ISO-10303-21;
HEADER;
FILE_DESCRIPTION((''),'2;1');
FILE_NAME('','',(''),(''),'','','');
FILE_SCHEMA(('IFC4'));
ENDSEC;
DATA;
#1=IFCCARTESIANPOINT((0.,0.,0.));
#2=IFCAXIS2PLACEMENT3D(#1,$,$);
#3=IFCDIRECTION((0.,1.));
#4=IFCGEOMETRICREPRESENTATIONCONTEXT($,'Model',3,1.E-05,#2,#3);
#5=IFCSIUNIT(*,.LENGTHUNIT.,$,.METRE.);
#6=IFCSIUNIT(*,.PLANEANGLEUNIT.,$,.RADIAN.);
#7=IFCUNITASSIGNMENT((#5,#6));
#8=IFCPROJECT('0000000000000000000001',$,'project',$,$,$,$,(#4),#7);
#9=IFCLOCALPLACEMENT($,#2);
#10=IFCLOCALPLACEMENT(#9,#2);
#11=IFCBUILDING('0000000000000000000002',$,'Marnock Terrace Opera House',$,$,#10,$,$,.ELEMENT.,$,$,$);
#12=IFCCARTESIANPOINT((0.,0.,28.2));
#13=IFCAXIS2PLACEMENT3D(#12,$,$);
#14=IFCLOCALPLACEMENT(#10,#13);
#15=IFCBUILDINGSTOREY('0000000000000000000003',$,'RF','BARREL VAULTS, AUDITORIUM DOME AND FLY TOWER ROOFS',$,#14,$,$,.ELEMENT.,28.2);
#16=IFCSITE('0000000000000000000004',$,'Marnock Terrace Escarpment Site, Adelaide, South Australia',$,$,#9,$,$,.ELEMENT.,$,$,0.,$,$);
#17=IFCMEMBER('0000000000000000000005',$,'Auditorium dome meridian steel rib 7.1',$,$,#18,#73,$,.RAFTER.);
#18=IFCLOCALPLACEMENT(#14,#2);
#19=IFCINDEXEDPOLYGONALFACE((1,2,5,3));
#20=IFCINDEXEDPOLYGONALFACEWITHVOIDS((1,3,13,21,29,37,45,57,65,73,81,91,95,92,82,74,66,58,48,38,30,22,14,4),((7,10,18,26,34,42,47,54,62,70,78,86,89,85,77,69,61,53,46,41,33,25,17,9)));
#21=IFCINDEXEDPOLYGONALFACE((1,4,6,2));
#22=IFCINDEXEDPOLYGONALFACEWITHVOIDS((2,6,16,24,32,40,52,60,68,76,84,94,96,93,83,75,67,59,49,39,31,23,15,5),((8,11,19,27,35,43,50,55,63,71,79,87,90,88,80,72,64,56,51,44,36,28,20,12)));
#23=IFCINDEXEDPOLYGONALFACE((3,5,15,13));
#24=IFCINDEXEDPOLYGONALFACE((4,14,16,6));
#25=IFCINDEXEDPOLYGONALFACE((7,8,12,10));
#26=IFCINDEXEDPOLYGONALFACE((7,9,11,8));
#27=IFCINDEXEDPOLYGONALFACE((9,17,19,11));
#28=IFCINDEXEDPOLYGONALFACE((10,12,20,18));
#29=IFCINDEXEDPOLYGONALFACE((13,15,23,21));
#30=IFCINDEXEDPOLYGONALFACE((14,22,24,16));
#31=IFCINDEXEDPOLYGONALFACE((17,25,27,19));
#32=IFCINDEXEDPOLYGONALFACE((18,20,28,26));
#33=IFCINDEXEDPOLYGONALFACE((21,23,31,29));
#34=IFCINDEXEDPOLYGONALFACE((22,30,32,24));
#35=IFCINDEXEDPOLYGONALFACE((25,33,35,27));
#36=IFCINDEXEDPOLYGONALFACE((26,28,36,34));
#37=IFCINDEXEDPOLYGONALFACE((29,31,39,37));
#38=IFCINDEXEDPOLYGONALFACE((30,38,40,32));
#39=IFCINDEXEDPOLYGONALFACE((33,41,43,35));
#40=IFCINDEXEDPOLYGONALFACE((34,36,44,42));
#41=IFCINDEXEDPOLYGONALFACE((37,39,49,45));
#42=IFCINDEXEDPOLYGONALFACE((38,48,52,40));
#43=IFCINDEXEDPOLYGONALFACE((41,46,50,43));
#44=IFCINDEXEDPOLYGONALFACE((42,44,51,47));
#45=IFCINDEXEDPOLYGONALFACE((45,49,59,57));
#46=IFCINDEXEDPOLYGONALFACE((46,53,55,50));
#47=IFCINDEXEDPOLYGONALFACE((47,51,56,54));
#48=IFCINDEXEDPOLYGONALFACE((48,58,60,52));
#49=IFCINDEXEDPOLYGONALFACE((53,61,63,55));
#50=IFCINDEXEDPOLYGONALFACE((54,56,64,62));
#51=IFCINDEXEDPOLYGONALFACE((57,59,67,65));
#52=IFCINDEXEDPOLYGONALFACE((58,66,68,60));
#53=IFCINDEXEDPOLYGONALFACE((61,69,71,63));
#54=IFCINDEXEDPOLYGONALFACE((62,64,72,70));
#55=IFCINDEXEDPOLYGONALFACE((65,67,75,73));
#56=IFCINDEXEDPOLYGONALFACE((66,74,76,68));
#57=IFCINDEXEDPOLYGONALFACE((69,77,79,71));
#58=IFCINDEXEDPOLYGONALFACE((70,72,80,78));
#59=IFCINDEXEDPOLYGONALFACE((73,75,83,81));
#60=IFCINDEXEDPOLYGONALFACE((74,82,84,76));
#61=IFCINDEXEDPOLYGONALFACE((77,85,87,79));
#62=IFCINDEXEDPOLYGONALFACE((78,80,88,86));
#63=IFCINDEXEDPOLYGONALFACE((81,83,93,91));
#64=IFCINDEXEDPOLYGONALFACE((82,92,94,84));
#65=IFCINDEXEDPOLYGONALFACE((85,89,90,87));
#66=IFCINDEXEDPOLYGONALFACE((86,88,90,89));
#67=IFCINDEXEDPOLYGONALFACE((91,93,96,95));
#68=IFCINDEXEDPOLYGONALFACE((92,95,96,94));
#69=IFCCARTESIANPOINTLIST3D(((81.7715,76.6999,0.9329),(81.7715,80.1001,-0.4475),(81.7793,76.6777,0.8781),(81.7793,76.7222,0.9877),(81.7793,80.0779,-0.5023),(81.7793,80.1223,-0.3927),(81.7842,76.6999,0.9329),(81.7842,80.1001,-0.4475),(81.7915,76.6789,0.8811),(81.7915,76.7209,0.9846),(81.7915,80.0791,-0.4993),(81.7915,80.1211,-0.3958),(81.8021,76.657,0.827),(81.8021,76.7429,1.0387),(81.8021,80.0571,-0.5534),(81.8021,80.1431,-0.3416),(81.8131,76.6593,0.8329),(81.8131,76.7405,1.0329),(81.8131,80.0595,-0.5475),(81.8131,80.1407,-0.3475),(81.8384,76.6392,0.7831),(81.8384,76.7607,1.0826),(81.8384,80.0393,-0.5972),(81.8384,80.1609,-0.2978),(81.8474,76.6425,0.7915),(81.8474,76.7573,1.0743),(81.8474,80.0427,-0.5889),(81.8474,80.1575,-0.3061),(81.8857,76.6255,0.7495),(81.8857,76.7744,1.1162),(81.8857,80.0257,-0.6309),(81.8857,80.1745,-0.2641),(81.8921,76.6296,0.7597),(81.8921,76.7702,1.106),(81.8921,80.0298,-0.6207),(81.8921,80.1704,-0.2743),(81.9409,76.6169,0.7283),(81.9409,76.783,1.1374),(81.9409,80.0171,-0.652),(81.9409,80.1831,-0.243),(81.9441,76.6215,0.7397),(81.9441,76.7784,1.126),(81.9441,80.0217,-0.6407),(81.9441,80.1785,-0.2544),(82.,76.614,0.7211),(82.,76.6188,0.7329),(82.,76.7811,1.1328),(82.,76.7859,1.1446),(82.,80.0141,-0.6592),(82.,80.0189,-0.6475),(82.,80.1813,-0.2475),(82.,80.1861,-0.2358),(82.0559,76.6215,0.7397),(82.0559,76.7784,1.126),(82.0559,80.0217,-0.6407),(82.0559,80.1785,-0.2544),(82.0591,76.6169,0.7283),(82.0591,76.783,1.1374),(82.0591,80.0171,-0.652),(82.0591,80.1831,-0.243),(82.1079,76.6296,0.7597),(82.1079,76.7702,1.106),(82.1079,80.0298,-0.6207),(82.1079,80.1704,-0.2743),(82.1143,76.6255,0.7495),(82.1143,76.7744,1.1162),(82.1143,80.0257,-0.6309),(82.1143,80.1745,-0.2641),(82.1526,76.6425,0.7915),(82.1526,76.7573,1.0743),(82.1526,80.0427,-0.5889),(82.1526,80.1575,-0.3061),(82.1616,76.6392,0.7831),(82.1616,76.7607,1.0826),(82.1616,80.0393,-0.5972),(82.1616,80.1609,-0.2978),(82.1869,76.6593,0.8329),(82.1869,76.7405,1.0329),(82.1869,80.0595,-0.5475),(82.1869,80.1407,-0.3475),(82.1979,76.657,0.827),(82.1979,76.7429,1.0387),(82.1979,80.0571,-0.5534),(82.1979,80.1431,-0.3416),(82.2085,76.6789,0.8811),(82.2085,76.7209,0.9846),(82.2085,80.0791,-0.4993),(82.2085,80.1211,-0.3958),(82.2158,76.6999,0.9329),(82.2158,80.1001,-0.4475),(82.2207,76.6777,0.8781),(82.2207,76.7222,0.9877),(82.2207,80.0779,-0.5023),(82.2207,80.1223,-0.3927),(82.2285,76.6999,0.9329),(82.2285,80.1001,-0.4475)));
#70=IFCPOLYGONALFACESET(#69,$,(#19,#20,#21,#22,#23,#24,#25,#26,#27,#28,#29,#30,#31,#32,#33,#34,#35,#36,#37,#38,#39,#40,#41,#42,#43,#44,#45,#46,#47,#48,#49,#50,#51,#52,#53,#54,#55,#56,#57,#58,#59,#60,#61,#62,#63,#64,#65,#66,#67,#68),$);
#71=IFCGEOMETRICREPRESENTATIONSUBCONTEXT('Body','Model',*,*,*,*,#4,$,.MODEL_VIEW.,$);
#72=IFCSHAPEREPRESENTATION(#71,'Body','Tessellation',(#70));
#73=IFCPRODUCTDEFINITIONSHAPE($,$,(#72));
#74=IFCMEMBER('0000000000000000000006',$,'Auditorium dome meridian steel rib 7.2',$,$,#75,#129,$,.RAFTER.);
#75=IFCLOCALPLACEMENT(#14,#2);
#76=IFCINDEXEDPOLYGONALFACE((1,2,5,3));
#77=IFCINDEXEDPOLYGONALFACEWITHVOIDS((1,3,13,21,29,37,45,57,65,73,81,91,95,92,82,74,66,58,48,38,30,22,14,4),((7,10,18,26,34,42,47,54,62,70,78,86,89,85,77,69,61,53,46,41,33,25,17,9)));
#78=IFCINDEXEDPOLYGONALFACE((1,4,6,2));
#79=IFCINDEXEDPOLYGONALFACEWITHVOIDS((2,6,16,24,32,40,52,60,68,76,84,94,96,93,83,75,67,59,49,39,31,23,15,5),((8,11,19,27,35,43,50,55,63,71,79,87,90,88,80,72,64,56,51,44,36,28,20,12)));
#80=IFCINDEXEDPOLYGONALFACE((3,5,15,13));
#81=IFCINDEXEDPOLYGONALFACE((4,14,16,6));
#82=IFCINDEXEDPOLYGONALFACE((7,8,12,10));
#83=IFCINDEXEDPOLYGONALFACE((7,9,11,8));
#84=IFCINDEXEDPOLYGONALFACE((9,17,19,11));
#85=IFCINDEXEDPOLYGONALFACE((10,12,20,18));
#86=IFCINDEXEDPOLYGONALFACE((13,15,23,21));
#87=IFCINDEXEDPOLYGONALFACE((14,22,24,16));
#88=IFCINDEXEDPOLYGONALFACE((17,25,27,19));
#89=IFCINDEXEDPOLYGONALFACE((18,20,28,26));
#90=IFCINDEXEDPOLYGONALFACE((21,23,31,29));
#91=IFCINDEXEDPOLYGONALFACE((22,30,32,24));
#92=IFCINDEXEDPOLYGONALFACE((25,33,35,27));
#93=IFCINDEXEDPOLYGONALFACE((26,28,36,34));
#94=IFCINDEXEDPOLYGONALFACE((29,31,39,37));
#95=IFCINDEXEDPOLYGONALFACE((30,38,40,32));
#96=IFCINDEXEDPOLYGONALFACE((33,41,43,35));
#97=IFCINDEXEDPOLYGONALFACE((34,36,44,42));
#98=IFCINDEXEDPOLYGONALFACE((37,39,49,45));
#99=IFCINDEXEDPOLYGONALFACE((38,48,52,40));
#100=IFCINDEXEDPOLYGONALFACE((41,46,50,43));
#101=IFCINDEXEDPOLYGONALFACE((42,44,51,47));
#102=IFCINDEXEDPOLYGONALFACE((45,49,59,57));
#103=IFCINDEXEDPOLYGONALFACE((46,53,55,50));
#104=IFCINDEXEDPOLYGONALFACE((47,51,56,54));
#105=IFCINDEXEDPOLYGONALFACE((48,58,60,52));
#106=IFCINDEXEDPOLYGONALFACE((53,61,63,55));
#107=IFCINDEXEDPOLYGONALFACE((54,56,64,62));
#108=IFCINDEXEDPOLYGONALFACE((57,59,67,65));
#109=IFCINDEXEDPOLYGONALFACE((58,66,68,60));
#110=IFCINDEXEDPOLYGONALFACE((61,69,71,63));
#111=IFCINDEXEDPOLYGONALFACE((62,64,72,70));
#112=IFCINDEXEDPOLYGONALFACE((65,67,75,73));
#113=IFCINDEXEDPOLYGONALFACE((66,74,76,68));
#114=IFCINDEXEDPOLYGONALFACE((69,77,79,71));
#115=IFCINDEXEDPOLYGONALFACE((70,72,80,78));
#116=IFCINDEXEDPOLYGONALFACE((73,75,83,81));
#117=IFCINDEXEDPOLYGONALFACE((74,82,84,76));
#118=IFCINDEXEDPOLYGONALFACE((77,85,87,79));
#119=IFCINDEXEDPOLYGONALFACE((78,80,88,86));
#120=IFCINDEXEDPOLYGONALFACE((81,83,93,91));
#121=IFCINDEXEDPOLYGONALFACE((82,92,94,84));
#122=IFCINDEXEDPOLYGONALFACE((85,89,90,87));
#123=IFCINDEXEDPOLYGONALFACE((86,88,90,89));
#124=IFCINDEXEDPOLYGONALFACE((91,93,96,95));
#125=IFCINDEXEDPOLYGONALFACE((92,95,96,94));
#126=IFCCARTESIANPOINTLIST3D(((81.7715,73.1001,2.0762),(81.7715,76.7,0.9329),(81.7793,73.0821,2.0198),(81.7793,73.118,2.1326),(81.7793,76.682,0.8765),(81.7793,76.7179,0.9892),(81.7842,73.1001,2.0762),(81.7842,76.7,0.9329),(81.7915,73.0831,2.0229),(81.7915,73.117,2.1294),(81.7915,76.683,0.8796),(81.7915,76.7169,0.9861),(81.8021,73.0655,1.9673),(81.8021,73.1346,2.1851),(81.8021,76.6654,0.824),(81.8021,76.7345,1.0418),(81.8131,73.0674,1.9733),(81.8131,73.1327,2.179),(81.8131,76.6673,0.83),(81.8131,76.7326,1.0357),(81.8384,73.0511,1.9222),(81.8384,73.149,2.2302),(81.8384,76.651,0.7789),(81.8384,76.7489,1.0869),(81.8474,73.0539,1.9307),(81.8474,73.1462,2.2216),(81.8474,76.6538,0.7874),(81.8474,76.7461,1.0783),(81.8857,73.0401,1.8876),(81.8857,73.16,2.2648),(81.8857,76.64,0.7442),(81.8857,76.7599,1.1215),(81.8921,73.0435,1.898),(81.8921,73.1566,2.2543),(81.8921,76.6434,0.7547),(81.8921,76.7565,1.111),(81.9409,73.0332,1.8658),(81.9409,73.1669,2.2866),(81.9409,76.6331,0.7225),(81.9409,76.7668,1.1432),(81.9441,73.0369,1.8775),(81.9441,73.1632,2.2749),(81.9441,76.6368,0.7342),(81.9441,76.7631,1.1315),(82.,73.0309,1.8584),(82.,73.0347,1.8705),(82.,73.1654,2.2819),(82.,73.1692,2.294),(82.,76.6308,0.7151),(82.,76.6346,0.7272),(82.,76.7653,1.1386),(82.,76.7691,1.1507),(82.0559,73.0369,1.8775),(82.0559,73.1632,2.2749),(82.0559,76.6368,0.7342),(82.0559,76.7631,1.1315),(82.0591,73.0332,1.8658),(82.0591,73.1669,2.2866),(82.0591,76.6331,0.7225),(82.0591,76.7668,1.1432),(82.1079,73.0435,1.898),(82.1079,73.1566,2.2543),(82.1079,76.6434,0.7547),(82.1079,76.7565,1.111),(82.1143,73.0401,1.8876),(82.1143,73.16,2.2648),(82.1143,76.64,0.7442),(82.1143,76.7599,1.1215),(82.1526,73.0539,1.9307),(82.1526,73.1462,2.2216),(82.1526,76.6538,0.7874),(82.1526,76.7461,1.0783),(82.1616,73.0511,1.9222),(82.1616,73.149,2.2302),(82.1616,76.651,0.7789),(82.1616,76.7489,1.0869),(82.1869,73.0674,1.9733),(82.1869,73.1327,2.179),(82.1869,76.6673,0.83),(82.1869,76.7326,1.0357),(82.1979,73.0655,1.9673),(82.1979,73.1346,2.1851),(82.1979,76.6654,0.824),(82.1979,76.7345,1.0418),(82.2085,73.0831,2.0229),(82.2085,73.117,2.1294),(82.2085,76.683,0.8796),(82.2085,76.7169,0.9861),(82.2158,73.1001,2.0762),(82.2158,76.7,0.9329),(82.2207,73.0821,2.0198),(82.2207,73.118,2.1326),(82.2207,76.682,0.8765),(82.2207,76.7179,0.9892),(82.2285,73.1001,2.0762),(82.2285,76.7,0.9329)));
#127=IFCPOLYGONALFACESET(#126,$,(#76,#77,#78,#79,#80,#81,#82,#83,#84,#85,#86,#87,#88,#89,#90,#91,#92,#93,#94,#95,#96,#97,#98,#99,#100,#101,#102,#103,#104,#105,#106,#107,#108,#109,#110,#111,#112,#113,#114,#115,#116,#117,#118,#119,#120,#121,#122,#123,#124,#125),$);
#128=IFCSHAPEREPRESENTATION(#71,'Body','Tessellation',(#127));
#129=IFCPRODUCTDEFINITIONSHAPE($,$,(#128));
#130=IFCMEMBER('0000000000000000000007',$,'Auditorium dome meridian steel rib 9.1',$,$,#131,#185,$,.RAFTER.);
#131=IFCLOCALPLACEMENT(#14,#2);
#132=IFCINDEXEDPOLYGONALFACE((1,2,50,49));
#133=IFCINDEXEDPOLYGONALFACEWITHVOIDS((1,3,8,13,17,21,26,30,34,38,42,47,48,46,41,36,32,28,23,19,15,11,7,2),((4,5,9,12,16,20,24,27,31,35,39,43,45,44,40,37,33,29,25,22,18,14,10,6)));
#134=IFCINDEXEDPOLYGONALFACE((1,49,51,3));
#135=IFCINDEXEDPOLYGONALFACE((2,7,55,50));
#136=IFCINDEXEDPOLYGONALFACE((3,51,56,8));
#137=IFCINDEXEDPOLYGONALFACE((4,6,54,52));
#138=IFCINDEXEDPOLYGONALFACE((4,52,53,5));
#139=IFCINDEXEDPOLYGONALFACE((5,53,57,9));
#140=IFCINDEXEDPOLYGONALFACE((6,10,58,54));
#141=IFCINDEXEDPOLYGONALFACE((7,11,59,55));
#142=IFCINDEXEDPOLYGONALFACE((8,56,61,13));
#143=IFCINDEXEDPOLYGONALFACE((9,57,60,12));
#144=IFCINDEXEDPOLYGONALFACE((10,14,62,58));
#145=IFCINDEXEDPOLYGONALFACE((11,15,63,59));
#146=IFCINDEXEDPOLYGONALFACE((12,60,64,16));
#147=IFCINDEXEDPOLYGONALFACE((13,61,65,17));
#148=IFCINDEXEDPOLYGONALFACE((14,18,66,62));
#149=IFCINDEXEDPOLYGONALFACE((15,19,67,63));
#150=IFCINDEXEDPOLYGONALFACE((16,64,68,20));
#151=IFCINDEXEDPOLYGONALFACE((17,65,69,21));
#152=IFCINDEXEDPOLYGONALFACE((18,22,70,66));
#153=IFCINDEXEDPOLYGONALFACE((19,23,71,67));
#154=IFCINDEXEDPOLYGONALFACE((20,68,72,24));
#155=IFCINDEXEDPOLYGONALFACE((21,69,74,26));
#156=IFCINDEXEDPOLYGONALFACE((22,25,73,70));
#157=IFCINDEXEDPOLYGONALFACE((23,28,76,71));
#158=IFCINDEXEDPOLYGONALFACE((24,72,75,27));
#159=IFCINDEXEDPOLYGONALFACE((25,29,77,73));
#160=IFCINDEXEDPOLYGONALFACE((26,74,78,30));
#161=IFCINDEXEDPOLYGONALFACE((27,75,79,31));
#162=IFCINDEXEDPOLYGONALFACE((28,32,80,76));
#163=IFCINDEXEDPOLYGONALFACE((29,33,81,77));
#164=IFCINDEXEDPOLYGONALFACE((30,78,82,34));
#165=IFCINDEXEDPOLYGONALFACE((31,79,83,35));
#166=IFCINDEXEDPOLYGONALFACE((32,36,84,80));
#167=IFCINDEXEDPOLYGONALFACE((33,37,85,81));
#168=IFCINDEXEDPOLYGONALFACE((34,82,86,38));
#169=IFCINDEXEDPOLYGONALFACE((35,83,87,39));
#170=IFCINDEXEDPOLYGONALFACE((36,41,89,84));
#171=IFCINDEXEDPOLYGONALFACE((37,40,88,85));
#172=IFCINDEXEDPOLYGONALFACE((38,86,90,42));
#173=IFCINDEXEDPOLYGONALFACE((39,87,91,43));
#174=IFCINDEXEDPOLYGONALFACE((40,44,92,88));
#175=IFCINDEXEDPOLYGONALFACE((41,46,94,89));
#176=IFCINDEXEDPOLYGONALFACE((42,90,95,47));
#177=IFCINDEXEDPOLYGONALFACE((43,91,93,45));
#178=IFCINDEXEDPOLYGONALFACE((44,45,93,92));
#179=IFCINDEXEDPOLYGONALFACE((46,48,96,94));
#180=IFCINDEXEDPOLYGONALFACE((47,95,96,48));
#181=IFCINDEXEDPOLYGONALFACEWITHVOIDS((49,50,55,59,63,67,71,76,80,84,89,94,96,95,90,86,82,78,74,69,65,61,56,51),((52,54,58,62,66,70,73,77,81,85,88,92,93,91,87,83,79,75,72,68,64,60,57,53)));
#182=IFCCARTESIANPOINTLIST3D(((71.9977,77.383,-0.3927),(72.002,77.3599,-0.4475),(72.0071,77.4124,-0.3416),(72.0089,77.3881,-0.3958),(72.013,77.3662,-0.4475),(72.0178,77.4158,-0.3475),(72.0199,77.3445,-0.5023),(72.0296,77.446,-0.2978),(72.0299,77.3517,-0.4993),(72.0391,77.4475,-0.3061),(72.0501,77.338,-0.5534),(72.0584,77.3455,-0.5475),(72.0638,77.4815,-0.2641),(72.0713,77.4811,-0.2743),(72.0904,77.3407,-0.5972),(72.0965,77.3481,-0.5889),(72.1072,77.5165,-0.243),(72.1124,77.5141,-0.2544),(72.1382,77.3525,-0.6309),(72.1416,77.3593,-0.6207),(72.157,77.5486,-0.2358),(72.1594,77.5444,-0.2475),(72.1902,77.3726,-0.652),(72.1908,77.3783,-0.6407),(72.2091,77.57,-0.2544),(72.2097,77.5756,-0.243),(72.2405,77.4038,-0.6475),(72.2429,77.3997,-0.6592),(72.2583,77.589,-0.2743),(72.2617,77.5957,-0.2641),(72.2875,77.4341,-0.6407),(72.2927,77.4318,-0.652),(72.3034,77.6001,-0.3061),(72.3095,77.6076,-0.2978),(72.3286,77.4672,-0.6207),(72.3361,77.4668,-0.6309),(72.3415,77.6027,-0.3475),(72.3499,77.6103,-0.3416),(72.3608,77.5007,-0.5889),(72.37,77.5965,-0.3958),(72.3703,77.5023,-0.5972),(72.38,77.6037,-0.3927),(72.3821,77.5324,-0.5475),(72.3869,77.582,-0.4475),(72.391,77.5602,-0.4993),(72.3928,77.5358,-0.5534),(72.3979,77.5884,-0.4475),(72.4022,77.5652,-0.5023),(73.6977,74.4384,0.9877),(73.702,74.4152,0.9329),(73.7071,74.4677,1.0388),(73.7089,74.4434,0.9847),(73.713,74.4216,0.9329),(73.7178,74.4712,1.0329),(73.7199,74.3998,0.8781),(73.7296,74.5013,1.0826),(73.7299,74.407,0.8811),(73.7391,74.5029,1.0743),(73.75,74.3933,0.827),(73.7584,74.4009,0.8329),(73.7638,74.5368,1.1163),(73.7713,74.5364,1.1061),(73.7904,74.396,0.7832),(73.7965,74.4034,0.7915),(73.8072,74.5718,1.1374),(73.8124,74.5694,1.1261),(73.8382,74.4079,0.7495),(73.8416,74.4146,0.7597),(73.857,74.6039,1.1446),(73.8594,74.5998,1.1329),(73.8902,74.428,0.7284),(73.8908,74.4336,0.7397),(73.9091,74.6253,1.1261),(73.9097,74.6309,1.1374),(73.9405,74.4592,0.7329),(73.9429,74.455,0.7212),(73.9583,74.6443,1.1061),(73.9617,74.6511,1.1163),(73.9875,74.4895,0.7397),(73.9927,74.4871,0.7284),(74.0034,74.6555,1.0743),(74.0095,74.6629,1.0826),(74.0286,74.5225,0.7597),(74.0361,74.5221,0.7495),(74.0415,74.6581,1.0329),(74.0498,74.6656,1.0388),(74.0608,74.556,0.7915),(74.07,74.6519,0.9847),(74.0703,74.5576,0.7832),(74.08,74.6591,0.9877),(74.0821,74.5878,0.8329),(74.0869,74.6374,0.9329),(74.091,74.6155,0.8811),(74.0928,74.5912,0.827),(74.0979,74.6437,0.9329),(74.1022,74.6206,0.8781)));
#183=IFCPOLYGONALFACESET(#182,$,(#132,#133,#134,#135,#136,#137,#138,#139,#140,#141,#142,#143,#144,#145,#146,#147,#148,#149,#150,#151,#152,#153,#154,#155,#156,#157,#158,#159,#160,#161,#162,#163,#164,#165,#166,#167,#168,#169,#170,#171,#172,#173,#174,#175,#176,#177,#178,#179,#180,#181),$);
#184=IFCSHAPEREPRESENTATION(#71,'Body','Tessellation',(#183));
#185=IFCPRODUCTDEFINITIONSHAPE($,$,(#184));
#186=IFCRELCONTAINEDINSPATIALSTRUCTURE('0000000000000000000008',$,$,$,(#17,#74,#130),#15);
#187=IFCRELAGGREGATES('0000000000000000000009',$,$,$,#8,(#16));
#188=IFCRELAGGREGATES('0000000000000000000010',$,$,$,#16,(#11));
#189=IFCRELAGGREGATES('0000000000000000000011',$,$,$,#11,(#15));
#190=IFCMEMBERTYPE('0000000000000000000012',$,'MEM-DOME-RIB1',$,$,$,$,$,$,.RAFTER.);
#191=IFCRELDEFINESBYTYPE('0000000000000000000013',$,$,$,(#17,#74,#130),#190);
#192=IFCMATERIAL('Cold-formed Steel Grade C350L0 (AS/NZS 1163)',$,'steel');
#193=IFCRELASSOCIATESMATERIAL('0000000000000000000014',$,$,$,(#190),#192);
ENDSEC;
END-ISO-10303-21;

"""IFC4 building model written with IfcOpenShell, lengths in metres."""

from ifc_helpers import new_model, si_unit, direction, frame, origin, origin_2d, place, context, subcontext, project, spatial, hollow_circle, extrude, material, material_profile, profile_set, type_object, element, save


model = new_model("IFC4")

# Units and contexts
model_context = context("Model", 3, precision=1e-05, world=origin(), true_north=direction((0.0, 1.0)))
body_context = subcontext(model_context, "Body", "Model", "MODEL_VIEW")
ifc_project = project(units=[si_unit("LENGTHUNIT", "METRE"), si_unit("PLANEANGLEUNIT", "RADIAN")], contexts=[model_context])

# Site, building, storey
site_placement = place(None, origin())
site = spatial("IfcSite", under=ifc_project, at=site_placement, Name="Marnock Terrace Escarpment Site, Adelaide, South Australia", CompositionType="ELEMENT", RefElevation=0.0)
building_placement = place(site_placement, origin())
building = spatial("IfcBuilding", under=site, at=building_placement, Name="Marnock Terrace Opera House", CompositionType="ELEMENT")
storey_placement = place(building_placement, frame((0.0, 0.0, 28.2)))
storey = spatial("IfcBuildingStorey", under=building, at=storey_placement, Name="RF", Description="BARREL VAULTS, AUDITORIUM DOME AND FLY TOWER ROOFS", CompositionType="ELEMENT", Elevation=28.2)

# Members
ifc_material_1 = material(Name="Cold-formed Steel Grade C350L0 (AS/NZS 1163)", Category="steel")
ifc_material_profile_1 = material_profile(ifc_material_1, hollow_circle(Radius=0.2285, WallThickness=0.0127, at=origin_2d()))
ifc_profile_set_1 = profile_set([ifc_material_profile_1], Name="Cold-formed Steel Grade C350L0 (AS/NZS 1163)")
member_type_1 = type_object("IfcMemberType", Name="MEM-DOME-RIB1", PredefinedType="RAFTER", material=ifc_profile_set_1)
member_1_placement = place(storey_placement, frame((82.0, 80.1001, -0.4475), z_axis=(0.0, -0.926556, 0.376158), x_axis=(1.0, 0.0, 0.0)))
element("IfcMember", 1, at=member_1_placement, inside=storey, type_object=member_type_1, Name="Auditorium dome meridian steel rib 7.1", PredefinedType="RAFTER", context=body_context, shape_type="SweptSolid", body=[
    extrude(hollow_circle(Radius=0.2285, WallThickness=0.0127, at=origin_2d()), origin(), (0.0, 0.0, 1.0), 3.6697),
])
member_2_placement = place(storey_placement, frame((82.0, 76.7, 0.9329), z_axis=(0.0, -0.953086, 0.302699), x_axis=(1.0, 0.0, 0.0)))
element("IfcMember", 2, at=member_2_placement, inside=storey, type_object=member_type_1, Name="Auditorium dome meridian steel rib 7.2", PredefinedType="RAFTER", context=body_context, shape_type="SweptSolid", body=[
    extrude(hollow_circle(Radius=0.2285, WallThickness=0.0127, at=origin_2d()), origin(), (0.0, 0.0, 1.0), 3.7771),
])
member_3_placement = place(storey_placement, frame((72.2, 77.4741, -0.4475), z_axis=(0.463255, -0.80243, 0.376166), x_axis=(0.866039, 0.499977, 0.0)))
element("IfcMember", 3, at=member_3_placement, inside=storey, type_object=member_type_1, Name="Auditorium dome meridian steel rib 9.1", PredefinedType="RAFTER", context=body_context, shape_type="SweptSolid", body=[
    extrude(hollow_circle(Radius=0.2285, WallThickness=0.0127, at=origin_2d()), origin(), (0.0, 0.0, 1.0), 3.6697),
])

save(model, "model.ifc")
